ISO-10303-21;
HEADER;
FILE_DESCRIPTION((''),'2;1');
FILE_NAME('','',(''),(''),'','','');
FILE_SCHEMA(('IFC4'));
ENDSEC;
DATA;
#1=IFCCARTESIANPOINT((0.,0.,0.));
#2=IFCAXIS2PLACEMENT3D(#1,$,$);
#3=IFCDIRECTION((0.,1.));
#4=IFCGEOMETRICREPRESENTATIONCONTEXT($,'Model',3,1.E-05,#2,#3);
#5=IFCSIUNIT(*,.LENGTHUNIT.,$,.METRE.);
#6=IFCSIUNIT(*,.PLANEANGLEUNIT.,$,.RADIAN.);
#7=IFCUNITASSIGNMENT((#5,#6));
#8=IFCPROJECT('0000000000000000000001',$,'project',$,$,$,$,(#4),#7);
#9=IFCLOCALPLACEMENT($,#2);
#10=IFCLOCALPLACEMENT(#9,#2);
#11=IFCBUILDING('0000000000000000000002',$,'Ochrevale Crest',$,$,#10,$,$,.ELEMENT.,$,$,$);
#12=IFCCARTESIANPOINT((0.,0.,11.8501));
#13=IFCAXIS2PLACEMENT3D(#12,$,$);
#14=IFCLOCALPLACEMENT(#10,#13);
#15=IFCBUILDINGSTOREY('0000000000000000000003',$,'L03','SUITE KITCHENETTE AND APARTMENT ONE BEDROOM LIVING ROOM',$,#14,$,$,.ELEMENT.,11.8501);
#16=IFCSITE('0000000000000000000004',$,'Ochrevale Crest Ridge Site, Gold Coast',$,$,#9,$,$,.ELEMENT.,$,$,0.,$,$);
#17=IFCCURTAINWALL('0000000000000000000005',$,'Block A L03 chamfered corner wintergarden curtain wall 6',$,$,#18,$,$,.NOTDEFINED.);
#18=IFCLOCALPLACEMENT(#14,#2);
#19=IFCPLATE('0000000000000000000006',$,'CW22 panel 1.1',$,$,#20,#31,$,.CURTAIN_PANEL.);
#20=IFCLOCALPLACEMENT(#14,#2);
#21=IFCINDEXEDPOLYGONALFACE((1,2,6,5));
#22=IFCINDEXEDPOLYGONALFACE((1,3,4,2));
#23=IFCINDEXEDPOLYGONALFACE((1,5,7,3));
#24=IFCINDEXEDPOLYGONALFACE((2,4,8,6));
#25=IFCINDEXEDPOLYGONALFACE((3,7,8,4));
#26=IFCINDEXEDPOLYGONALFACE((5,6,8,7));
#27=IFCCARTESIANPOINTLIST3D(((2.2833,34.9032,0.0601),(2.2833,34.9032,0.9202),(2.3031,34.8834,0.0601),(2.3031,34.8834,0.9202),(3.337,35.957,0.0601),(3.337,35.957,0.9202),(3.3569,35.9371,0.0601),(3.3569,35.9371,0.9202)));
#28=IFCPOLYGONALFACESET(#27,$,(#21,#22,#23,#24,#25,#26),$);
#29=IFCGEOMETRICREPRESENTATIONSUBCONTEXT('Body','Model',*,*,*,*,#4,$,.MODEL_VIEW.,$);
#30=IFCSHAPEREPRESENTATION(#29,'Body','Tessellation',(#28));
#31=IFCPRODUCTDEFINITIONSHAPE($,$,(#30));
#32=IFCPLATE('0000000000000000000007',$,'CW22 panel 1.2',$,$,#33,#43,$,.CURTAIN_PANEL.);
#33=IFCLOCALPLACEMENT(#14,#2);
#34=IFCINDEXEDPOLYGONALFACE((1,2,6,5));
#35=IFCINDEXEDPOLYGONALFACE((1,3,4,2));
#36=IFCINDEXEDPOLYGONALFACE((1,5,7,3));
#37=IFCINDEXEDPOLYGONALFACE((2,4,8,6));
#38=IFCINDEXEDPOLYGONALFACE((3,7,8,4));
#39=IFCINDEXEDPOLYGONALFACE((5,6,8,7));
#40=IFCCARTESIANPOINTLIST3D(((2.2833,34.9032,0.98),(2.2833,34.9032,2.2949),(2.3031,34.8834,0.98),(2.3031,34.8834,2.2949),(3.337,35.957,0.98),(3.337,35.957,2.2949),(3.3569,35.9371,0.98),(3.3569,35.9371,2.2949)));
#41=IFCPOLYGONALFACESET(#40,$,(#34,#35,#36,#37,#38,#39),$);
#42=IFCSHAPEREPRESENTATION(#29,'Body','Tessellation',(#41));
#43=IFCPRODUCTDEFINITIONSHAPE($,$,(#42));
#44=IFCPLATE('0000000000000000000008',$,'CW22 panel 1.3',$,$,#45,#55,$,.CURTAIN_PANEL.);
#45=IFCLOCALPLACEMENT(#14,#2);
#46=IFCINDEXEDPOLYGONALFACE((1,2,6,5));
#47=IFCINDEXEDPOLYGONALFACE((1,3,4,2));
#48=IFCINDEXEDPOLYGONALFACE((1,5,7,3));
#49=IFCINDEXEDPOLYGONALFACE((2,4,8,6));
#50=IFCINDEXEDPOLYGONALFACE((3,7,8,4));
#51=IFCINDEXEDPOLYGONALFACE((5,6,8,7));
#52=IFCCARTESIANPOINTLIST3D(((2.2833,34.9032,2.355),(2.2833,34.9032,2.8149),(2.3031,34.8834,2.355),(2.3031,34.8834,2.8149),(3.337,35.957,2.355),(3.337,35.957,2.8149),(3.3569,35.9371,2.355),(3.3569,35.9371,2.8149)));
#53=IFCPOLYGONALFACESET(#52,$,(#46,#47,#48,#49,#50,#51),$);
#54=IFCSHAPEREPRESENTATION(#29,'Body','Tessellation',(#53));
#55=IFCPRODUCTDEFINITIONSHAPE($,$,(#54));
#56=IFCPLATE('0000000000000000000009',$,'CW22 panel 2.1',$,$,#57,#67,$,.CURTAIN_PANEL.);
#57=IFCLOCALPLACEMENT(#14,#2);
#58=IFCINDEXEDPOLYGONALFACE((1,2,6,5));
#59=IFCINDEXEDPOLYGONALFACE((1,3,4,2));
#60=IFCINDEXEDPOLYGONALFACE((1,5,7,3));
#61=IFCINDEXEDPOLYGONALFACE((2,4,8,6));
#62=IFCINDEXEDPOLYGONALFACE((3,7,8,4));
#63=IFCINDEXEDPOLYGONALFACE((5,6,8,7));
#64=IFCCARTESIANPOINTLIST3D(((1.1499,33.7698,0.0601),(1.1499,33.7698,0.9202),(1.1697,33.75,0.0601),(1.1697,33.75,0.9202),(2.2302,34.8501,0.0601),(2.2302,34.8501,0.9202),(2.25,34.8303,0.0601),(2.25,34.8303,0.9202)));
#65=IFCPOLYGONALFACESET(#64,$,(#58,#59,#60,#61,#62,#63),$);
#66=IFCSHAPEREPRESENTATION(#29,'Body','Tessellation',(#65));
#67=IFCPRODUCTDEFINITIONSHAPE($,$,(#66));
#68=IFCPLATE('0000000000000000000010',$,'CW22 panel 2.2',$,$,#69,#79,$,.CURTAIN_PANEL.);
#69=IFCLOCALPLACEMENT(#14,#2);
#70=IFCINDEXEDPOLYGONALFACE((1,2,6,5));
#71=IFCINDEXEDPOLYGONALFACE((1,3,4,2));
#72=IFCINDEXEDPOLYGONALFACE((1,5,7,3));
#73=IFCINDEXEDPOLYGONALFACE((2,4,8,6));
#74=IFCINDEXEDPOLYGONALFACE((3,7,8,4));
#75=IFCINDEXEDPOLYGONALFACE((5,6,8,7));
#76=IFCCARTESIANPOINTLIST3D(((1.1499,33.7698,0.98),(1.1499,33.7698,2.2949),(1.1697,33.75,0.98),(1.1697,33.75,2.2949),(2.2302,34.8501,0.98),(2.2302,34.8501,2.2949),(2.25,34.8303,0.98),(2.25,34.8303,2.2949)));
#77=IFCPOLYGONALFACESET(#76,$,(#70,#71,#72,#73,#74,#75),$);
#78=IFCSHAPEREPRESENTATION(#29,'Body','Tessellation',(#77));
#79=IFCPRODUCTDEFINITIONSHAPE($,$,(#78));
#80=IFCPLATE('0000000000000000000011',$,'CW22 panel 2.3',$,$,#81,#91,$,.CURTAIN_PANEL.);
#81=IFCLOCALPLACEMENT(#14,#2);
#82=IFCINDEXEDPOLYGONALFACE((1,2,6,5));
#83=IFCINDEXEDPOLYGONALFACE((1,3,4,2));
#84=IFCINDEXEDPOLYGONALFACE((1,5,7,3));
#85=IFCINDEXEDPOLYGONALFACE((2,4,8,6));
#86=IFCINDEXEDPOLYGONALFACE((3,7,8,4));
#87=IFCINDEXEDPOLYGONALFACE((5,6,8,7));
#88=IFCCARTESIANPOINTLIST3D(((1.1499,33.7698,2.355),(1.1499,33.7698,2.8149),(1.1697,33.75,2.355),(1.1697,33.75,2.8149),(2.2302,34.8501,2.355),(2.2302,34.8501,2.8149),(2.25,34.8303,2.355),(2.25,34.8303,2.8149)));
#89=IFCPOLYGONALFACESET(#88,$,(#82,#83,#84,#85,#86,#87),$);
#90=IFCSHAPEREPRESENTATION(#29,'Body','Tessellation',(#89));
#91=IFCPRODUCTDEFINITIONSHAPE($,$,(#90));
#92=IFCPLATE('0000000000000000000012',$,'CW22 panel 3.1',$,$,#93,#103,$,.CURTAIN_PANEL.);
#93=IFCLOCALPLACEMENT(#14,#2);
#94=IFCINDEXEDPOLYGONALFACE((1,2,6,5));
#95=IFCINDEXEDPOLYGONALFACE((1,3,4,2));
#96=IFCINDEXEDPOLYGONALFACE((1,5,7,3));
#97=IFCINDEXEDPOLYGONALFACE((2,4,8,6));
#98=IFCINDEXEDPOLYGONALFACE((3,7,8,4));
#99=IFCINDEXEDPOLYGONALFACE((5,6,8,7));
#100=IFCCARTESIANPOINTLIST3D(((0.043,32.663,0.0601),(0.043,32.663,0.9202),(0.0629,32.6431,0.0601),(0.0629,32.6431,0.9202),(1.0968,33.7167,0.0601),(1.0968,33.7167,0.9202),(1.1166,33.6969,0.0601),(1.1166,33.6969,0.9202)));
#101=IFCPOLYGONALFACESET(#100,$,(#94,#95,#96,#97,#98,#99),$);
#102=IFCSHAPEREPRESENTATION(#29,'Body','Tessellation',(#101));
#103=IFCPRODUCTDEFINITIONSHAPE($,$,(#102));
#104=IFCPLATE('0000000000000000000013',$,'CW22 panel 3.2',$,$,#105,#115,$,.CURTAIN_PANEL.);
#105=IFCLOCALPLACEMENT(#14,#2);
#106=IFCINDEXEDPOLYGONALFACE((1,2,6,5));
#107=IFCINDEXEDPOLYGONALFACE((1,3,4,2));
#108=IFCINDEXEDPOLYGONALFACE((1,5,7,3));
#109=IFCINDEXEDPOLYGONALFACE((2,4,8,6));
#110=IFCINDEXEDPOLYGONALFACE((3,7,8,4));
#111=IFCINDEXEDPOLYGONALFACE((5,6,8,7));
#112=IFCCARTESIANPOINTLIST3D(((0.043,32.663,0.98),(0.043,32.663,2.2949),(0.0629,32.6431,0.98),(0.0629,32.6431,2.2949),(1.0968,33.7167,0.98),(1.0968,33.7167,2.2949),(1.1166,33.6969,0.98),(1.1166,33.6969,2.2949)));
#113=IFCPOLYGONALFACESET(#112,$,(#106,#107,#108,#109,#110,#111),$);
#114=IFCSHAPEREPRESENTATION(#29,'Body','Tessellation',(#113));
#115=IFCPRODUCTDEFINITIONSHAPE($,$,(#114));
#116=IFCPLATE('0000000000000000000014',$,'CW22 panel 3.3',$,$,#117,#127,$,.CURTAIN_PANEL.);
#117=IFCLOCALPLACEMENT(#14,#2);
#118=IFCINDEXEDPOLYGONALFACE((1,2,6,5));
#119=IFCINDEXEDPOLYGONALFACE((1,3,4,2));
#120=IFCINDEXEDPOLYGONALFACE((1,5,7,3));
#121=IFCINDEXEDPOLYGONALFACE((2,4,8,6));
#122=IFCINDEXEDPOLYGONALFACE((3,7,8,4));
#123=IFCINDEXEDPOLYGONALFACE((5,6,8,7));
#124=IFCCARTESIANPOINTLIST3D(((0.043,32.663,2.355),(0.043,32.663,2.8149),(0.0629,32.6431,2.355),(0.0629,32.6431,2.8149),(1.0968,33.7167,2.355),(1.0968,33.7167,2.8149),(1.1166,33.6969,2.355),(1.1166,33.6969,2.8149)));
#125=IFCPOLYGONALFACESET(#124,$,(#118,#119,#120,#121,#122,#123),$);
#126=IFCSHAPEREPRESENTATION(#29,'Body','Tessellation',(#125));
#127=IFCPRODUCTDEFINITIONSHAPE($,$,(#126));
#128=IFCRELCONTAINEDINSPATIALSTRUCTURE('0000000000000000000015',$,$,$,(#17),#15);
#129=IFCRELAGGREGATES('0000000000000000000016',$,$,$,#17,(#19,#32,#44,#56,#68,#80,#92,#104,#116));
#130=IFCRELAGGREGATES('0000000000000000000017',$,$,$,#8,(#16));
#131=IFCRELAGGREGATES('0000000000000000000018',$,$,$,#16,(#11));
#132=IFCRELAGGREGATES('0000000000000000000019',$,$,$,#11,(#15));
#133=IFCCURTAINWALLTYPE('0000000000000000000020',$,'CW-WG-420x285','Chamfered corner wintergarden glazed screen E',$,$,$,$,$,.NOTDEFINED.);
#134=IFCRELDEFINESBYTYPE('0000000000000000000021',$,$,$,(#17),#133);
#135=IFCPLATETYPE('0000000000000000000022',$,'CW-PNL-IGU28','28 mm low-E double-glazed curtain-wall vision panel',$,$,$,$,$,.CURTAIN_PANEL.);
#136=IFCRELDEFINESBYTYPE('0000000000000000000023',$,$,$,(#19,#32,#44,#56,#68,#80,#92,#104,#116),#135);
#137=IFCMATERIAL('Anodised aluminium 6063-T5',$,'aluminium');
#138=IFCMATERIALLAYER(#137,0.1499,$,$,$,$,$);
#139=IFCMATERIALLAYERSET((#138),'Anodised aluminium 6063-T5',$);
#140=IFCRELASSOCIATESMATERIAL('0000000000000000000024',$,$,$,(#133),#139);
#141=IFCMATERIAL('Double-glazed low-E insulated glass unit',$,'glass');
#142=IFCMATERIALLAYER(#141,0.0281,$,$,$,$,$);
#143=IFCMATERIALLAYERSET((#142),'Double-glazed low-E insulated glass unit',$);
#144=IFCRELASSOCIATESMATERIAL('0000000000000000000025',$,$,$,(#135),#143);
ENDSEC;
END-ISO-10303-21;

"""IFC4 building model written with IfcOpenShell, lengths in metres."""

from ifc_helpers import new_model, si_unit, direction, frame, origin, origin_2d, place, context, subcontext, project, spatial, rectangle, extrude, material, layer, layer_set, type_object, element, aggregate, save


model = new_model("IFC4")

# Units and contexts
model_context = context("Model", 3, precision=1e-05, world=origin(), true_north=direction((0.0, 1.0)))
body_context = subcontext(model_context, "Body", "Model", "MODEL_VIEW")
ifc_project = project(units=[si_unit("LENGTHUNIT", "METRE"), si_unit("PLANEANGLEUNIT", "RADIAN")], contexts=[model_context])

# Site, building, storey
site_placement = place(None, origin())
site = spatial("IfcSite", under=ifc_project, at=site_placement, Name="Ochrevale Crest Ridge Site, Gold Coast", CompositionType="ELEMENT", RefElevation=0.0)
building_placement = place(site_placement, origin())
building = spatial("IfcBuilding", under=site, at=building_placement, Name="Ochrevale Crest", CompositionType="ELEMENT")
storey_placement = place(building_placement, frame((0.0, 0.0, 11.8501)))
storey = spatial("IfcBuildingStorey", under=building, at=storey_placement, Name="L03", Description="SUITE KITCHENETTE AND APARTMENT ONE BEDROOM LIVING ROOM", CompositionType="ELEMENT", Elevation=11.8501)

# Curtain wall, plates
ifc_material_1 = material(Name="Anodised aluminium 6063-T5", Category="aluminium")
ifc_layer_1 = layer(ifc_material_1, 0.1499)
ifc_layer_set_1 = layer_set([ifc_layer_1], Name="Anodised aluminium 6063-T5")
curtain_wall_type = type_object("IfcCurtainWallType", Name="CW-WG-420x285", Description="Chamfered corner wintergarden glazed screen E", PredefinedType="NOTDEFINED", material=ifc_layer_set_1)
curtain_wall_placement = place(storey_placement, origin())
curtain_wall = element("IfcCurtainWall", 1, at=curtain_wall_placement, inside=storey, type_object=curtain_wall_type, Name="Block A L03 chamfered corner wintergarden curtain wall 6", PredefinedType="NOTDEFINED")
ifc_material_2 = material(Name="Double-glazed low-E insulated glass unit", Category="glass")
ifc_layer_2 = layer(ifc_material_2, 0.0281)
ifc_layer_set_2 = layer_set([ifc_layer_2], Name="Double-glazed low-E insulated glass unit")
plate_type = type_object("IfcPlateType", Name="CW-PNL-IGU28", Description="28 mm low-E double-glazed curtain-wall vision panel", PredefinedType="CURTAIN_PANEL", material=ifc_layer_set_2)
plate_1_placement = place(storey_placement, frame((2.8201, 35.4202, 0.0601), z_axis=(0.0, 0.0, 1.0), x_axis=(-0.707107, -0.707107, 0.0)))
plate_1 = element("IfcPlate", 2, at=plate_1_placement, type_object=plate_type, Name="CW22 panel 1.1", PredefinedType="CURTAIN_PANEL", context=body_context, shape_type="SweptSolid", body=[
    extrude(rectangle(XDim=1.4902, YDim=0.0281, at=origin_2d()), origin(), (0.0, 0.0, 1.0), 0.8601),
])
plate_2_placement = place(storey_placement, frame((2.8201, 35.4202, 0.98), z_axis=(0.0, 0.0, 1.0), x_axis=(-0.707107, -0.707107, 0.0)))
plate_2 = element("IfcPlate", 3, at=plate_2_placement, type_object=plate_type, Name="CW22 panel 1.2", PredefinedType="CURTAIN_PANEL", context=body_context, shape_type="SweptSolid", body=[
    extrude(rectangle(XDim=1.4902, YDim=0.0281, at=origin_2d()), origin(), (0.0, 0.0, 1.0), 1.3149),
])
plate_3_placement = place(storey_placement, frame((2.8201, 35.4202, 2.355), z_axis=(0.0, 0.0, 1.0), x_axis=(-0.707107, -0.707107, 0.0)))
plate_3 = element("IfcPlate", 4, at=plate_3_placement, type_object=plate_type, Name="CW22 panel 1.3", PredefinedType="CURTAIN_PANEL", context=body_context, shape_type="SweptSolid", body=[
    extrude(rectangle(XDim=1.4902, YDim=0.0281, at=origin_2d()), origin(), (0.0, 0.0, 1.0), 0.46),
])
plate_4_placement = place(storey_placement, frame((1.7, 34.3, 0.0601), z_axis=(0.0, 0.0, 1.0), x_axis=(-0.707107, -0.707107, 0.0)))
plate_4 = element("IfcPlate", 5, at=plate_4_placement, type_object=plate_type, Name="CW22 panel 2.1", PredefinedType="CURTAIN_PANEL", context=body_context, shape_type="SweptSolid", body=[
    extrude(rectangle(XDim=1.5278, YDim=0.0281, at=origin_2d()), origin(), (0.0, 0.0, 1.0), 0.8601),
])
plate_5_placement = place(storey_placement, frame((1.7, 34.3, 0.98), z_axis=(0.0, 0.0, 1.0), x_axis=(-0.707107, -0.707107, 0.0)))
plate_5 = element("IfcPlate", 6, at=plate_5_placement, type_object=plate_type, Name="CW22 panel 2.2", PredefinedType="CURTAIN_PANEL", context=body_context, shape_type="SweptSolid", body=[
    extrude(rectangle(XDim=1.5278, YDim=0.0281, at=origin_2d()), origin(), (0.0, 0.0, 1.0), 1.3149),
])
plate_6_placement = place(storey_placement, frame((1.7, 34.3, 2.355), z_axis=(0.0, 0.0, 1.0), x_axis=(-0.707107, -0.707107, 0.0)))
plate_6 = element("IfcPlate", 7, at=plate_6_placement, type_object=plate_type, Name="CW22 panel 2.3", PredefinedType="CURTAIN_PANEL", context=body_context, shape_type="SweptSolid", body=[
    extrude(rectangle(XDim=1.5278, YDim=0.0281, at=origin_2d()), origin(), (0.0, 0.0, 1.0), 0.46),
])
plate_7_placement = place(storey_placement, frame((0.5798, 33.1799, 0.0601), z_axis=(0.0, 0.0, 1.0), x_axis=(-0.707107, -0.707107, 0.0)))
plate_7 = element("IfcPlate", 8, at=plate_7_placement, type_object=plate_type, Name="CW22 panel 3.1", PredefinedType="CURTAIN_PANEL", context=body_context, shape_type="SweptSolid", body=[
    extrude(rectangle(XDim=1.4902, YDim=0.0281, at=origin_2d()), origin(), (0.0, 0.0, 1.0), 0.8601),
])
plate_8_placement = place(storey_placement, frame((0.5798, 33.1799, 0.98), z_axis=(0.0, 0.0, 1.0), x_axis=(-0.707107, -0.707107, 0.0)))
plate_8 = element("IfcPlate", 9, at=plate_8_placement, type_object=plate_type, Name="CW22 panel 3.2", PredefinedType="CURTAIN_PANEL", context=body_context, shape_type="SweptSolid", body=[
    extrude(rectangle(XDim=1.4902, YDim=0.0281, at=origin_2d()), origin(), (0.0, 0.0, 1.0), 1.3149),
])
plate_9_placement = place(storey_placement, frame((0.5798, 33.1799, 2.355), z_axis=(0.0, 0.0, 1.0), x_axis=(-0.707107, -0.707107, 0.0)))
plate_9 = element("IfcPlate", 10, at=plate_9_placement, type_object=plate_type, Name="CW22 panel 3.3", PredefinedType="CURTAIN_PANEL", context=body_context, shape_type="SweptSolid", body=[
    extrude(rectangle(XDim=1.4902, YDim=0.0281, at=origin_2d()), origin(), (0.0, 0.0, 1.0), 0.46),
])
aggregate(curtain_wall, [plate_1, plate_2, plate_3, plate_4, plate_5, plate_6, plate_7, plate_8, plate_9])

save(model, "model.ifc")
